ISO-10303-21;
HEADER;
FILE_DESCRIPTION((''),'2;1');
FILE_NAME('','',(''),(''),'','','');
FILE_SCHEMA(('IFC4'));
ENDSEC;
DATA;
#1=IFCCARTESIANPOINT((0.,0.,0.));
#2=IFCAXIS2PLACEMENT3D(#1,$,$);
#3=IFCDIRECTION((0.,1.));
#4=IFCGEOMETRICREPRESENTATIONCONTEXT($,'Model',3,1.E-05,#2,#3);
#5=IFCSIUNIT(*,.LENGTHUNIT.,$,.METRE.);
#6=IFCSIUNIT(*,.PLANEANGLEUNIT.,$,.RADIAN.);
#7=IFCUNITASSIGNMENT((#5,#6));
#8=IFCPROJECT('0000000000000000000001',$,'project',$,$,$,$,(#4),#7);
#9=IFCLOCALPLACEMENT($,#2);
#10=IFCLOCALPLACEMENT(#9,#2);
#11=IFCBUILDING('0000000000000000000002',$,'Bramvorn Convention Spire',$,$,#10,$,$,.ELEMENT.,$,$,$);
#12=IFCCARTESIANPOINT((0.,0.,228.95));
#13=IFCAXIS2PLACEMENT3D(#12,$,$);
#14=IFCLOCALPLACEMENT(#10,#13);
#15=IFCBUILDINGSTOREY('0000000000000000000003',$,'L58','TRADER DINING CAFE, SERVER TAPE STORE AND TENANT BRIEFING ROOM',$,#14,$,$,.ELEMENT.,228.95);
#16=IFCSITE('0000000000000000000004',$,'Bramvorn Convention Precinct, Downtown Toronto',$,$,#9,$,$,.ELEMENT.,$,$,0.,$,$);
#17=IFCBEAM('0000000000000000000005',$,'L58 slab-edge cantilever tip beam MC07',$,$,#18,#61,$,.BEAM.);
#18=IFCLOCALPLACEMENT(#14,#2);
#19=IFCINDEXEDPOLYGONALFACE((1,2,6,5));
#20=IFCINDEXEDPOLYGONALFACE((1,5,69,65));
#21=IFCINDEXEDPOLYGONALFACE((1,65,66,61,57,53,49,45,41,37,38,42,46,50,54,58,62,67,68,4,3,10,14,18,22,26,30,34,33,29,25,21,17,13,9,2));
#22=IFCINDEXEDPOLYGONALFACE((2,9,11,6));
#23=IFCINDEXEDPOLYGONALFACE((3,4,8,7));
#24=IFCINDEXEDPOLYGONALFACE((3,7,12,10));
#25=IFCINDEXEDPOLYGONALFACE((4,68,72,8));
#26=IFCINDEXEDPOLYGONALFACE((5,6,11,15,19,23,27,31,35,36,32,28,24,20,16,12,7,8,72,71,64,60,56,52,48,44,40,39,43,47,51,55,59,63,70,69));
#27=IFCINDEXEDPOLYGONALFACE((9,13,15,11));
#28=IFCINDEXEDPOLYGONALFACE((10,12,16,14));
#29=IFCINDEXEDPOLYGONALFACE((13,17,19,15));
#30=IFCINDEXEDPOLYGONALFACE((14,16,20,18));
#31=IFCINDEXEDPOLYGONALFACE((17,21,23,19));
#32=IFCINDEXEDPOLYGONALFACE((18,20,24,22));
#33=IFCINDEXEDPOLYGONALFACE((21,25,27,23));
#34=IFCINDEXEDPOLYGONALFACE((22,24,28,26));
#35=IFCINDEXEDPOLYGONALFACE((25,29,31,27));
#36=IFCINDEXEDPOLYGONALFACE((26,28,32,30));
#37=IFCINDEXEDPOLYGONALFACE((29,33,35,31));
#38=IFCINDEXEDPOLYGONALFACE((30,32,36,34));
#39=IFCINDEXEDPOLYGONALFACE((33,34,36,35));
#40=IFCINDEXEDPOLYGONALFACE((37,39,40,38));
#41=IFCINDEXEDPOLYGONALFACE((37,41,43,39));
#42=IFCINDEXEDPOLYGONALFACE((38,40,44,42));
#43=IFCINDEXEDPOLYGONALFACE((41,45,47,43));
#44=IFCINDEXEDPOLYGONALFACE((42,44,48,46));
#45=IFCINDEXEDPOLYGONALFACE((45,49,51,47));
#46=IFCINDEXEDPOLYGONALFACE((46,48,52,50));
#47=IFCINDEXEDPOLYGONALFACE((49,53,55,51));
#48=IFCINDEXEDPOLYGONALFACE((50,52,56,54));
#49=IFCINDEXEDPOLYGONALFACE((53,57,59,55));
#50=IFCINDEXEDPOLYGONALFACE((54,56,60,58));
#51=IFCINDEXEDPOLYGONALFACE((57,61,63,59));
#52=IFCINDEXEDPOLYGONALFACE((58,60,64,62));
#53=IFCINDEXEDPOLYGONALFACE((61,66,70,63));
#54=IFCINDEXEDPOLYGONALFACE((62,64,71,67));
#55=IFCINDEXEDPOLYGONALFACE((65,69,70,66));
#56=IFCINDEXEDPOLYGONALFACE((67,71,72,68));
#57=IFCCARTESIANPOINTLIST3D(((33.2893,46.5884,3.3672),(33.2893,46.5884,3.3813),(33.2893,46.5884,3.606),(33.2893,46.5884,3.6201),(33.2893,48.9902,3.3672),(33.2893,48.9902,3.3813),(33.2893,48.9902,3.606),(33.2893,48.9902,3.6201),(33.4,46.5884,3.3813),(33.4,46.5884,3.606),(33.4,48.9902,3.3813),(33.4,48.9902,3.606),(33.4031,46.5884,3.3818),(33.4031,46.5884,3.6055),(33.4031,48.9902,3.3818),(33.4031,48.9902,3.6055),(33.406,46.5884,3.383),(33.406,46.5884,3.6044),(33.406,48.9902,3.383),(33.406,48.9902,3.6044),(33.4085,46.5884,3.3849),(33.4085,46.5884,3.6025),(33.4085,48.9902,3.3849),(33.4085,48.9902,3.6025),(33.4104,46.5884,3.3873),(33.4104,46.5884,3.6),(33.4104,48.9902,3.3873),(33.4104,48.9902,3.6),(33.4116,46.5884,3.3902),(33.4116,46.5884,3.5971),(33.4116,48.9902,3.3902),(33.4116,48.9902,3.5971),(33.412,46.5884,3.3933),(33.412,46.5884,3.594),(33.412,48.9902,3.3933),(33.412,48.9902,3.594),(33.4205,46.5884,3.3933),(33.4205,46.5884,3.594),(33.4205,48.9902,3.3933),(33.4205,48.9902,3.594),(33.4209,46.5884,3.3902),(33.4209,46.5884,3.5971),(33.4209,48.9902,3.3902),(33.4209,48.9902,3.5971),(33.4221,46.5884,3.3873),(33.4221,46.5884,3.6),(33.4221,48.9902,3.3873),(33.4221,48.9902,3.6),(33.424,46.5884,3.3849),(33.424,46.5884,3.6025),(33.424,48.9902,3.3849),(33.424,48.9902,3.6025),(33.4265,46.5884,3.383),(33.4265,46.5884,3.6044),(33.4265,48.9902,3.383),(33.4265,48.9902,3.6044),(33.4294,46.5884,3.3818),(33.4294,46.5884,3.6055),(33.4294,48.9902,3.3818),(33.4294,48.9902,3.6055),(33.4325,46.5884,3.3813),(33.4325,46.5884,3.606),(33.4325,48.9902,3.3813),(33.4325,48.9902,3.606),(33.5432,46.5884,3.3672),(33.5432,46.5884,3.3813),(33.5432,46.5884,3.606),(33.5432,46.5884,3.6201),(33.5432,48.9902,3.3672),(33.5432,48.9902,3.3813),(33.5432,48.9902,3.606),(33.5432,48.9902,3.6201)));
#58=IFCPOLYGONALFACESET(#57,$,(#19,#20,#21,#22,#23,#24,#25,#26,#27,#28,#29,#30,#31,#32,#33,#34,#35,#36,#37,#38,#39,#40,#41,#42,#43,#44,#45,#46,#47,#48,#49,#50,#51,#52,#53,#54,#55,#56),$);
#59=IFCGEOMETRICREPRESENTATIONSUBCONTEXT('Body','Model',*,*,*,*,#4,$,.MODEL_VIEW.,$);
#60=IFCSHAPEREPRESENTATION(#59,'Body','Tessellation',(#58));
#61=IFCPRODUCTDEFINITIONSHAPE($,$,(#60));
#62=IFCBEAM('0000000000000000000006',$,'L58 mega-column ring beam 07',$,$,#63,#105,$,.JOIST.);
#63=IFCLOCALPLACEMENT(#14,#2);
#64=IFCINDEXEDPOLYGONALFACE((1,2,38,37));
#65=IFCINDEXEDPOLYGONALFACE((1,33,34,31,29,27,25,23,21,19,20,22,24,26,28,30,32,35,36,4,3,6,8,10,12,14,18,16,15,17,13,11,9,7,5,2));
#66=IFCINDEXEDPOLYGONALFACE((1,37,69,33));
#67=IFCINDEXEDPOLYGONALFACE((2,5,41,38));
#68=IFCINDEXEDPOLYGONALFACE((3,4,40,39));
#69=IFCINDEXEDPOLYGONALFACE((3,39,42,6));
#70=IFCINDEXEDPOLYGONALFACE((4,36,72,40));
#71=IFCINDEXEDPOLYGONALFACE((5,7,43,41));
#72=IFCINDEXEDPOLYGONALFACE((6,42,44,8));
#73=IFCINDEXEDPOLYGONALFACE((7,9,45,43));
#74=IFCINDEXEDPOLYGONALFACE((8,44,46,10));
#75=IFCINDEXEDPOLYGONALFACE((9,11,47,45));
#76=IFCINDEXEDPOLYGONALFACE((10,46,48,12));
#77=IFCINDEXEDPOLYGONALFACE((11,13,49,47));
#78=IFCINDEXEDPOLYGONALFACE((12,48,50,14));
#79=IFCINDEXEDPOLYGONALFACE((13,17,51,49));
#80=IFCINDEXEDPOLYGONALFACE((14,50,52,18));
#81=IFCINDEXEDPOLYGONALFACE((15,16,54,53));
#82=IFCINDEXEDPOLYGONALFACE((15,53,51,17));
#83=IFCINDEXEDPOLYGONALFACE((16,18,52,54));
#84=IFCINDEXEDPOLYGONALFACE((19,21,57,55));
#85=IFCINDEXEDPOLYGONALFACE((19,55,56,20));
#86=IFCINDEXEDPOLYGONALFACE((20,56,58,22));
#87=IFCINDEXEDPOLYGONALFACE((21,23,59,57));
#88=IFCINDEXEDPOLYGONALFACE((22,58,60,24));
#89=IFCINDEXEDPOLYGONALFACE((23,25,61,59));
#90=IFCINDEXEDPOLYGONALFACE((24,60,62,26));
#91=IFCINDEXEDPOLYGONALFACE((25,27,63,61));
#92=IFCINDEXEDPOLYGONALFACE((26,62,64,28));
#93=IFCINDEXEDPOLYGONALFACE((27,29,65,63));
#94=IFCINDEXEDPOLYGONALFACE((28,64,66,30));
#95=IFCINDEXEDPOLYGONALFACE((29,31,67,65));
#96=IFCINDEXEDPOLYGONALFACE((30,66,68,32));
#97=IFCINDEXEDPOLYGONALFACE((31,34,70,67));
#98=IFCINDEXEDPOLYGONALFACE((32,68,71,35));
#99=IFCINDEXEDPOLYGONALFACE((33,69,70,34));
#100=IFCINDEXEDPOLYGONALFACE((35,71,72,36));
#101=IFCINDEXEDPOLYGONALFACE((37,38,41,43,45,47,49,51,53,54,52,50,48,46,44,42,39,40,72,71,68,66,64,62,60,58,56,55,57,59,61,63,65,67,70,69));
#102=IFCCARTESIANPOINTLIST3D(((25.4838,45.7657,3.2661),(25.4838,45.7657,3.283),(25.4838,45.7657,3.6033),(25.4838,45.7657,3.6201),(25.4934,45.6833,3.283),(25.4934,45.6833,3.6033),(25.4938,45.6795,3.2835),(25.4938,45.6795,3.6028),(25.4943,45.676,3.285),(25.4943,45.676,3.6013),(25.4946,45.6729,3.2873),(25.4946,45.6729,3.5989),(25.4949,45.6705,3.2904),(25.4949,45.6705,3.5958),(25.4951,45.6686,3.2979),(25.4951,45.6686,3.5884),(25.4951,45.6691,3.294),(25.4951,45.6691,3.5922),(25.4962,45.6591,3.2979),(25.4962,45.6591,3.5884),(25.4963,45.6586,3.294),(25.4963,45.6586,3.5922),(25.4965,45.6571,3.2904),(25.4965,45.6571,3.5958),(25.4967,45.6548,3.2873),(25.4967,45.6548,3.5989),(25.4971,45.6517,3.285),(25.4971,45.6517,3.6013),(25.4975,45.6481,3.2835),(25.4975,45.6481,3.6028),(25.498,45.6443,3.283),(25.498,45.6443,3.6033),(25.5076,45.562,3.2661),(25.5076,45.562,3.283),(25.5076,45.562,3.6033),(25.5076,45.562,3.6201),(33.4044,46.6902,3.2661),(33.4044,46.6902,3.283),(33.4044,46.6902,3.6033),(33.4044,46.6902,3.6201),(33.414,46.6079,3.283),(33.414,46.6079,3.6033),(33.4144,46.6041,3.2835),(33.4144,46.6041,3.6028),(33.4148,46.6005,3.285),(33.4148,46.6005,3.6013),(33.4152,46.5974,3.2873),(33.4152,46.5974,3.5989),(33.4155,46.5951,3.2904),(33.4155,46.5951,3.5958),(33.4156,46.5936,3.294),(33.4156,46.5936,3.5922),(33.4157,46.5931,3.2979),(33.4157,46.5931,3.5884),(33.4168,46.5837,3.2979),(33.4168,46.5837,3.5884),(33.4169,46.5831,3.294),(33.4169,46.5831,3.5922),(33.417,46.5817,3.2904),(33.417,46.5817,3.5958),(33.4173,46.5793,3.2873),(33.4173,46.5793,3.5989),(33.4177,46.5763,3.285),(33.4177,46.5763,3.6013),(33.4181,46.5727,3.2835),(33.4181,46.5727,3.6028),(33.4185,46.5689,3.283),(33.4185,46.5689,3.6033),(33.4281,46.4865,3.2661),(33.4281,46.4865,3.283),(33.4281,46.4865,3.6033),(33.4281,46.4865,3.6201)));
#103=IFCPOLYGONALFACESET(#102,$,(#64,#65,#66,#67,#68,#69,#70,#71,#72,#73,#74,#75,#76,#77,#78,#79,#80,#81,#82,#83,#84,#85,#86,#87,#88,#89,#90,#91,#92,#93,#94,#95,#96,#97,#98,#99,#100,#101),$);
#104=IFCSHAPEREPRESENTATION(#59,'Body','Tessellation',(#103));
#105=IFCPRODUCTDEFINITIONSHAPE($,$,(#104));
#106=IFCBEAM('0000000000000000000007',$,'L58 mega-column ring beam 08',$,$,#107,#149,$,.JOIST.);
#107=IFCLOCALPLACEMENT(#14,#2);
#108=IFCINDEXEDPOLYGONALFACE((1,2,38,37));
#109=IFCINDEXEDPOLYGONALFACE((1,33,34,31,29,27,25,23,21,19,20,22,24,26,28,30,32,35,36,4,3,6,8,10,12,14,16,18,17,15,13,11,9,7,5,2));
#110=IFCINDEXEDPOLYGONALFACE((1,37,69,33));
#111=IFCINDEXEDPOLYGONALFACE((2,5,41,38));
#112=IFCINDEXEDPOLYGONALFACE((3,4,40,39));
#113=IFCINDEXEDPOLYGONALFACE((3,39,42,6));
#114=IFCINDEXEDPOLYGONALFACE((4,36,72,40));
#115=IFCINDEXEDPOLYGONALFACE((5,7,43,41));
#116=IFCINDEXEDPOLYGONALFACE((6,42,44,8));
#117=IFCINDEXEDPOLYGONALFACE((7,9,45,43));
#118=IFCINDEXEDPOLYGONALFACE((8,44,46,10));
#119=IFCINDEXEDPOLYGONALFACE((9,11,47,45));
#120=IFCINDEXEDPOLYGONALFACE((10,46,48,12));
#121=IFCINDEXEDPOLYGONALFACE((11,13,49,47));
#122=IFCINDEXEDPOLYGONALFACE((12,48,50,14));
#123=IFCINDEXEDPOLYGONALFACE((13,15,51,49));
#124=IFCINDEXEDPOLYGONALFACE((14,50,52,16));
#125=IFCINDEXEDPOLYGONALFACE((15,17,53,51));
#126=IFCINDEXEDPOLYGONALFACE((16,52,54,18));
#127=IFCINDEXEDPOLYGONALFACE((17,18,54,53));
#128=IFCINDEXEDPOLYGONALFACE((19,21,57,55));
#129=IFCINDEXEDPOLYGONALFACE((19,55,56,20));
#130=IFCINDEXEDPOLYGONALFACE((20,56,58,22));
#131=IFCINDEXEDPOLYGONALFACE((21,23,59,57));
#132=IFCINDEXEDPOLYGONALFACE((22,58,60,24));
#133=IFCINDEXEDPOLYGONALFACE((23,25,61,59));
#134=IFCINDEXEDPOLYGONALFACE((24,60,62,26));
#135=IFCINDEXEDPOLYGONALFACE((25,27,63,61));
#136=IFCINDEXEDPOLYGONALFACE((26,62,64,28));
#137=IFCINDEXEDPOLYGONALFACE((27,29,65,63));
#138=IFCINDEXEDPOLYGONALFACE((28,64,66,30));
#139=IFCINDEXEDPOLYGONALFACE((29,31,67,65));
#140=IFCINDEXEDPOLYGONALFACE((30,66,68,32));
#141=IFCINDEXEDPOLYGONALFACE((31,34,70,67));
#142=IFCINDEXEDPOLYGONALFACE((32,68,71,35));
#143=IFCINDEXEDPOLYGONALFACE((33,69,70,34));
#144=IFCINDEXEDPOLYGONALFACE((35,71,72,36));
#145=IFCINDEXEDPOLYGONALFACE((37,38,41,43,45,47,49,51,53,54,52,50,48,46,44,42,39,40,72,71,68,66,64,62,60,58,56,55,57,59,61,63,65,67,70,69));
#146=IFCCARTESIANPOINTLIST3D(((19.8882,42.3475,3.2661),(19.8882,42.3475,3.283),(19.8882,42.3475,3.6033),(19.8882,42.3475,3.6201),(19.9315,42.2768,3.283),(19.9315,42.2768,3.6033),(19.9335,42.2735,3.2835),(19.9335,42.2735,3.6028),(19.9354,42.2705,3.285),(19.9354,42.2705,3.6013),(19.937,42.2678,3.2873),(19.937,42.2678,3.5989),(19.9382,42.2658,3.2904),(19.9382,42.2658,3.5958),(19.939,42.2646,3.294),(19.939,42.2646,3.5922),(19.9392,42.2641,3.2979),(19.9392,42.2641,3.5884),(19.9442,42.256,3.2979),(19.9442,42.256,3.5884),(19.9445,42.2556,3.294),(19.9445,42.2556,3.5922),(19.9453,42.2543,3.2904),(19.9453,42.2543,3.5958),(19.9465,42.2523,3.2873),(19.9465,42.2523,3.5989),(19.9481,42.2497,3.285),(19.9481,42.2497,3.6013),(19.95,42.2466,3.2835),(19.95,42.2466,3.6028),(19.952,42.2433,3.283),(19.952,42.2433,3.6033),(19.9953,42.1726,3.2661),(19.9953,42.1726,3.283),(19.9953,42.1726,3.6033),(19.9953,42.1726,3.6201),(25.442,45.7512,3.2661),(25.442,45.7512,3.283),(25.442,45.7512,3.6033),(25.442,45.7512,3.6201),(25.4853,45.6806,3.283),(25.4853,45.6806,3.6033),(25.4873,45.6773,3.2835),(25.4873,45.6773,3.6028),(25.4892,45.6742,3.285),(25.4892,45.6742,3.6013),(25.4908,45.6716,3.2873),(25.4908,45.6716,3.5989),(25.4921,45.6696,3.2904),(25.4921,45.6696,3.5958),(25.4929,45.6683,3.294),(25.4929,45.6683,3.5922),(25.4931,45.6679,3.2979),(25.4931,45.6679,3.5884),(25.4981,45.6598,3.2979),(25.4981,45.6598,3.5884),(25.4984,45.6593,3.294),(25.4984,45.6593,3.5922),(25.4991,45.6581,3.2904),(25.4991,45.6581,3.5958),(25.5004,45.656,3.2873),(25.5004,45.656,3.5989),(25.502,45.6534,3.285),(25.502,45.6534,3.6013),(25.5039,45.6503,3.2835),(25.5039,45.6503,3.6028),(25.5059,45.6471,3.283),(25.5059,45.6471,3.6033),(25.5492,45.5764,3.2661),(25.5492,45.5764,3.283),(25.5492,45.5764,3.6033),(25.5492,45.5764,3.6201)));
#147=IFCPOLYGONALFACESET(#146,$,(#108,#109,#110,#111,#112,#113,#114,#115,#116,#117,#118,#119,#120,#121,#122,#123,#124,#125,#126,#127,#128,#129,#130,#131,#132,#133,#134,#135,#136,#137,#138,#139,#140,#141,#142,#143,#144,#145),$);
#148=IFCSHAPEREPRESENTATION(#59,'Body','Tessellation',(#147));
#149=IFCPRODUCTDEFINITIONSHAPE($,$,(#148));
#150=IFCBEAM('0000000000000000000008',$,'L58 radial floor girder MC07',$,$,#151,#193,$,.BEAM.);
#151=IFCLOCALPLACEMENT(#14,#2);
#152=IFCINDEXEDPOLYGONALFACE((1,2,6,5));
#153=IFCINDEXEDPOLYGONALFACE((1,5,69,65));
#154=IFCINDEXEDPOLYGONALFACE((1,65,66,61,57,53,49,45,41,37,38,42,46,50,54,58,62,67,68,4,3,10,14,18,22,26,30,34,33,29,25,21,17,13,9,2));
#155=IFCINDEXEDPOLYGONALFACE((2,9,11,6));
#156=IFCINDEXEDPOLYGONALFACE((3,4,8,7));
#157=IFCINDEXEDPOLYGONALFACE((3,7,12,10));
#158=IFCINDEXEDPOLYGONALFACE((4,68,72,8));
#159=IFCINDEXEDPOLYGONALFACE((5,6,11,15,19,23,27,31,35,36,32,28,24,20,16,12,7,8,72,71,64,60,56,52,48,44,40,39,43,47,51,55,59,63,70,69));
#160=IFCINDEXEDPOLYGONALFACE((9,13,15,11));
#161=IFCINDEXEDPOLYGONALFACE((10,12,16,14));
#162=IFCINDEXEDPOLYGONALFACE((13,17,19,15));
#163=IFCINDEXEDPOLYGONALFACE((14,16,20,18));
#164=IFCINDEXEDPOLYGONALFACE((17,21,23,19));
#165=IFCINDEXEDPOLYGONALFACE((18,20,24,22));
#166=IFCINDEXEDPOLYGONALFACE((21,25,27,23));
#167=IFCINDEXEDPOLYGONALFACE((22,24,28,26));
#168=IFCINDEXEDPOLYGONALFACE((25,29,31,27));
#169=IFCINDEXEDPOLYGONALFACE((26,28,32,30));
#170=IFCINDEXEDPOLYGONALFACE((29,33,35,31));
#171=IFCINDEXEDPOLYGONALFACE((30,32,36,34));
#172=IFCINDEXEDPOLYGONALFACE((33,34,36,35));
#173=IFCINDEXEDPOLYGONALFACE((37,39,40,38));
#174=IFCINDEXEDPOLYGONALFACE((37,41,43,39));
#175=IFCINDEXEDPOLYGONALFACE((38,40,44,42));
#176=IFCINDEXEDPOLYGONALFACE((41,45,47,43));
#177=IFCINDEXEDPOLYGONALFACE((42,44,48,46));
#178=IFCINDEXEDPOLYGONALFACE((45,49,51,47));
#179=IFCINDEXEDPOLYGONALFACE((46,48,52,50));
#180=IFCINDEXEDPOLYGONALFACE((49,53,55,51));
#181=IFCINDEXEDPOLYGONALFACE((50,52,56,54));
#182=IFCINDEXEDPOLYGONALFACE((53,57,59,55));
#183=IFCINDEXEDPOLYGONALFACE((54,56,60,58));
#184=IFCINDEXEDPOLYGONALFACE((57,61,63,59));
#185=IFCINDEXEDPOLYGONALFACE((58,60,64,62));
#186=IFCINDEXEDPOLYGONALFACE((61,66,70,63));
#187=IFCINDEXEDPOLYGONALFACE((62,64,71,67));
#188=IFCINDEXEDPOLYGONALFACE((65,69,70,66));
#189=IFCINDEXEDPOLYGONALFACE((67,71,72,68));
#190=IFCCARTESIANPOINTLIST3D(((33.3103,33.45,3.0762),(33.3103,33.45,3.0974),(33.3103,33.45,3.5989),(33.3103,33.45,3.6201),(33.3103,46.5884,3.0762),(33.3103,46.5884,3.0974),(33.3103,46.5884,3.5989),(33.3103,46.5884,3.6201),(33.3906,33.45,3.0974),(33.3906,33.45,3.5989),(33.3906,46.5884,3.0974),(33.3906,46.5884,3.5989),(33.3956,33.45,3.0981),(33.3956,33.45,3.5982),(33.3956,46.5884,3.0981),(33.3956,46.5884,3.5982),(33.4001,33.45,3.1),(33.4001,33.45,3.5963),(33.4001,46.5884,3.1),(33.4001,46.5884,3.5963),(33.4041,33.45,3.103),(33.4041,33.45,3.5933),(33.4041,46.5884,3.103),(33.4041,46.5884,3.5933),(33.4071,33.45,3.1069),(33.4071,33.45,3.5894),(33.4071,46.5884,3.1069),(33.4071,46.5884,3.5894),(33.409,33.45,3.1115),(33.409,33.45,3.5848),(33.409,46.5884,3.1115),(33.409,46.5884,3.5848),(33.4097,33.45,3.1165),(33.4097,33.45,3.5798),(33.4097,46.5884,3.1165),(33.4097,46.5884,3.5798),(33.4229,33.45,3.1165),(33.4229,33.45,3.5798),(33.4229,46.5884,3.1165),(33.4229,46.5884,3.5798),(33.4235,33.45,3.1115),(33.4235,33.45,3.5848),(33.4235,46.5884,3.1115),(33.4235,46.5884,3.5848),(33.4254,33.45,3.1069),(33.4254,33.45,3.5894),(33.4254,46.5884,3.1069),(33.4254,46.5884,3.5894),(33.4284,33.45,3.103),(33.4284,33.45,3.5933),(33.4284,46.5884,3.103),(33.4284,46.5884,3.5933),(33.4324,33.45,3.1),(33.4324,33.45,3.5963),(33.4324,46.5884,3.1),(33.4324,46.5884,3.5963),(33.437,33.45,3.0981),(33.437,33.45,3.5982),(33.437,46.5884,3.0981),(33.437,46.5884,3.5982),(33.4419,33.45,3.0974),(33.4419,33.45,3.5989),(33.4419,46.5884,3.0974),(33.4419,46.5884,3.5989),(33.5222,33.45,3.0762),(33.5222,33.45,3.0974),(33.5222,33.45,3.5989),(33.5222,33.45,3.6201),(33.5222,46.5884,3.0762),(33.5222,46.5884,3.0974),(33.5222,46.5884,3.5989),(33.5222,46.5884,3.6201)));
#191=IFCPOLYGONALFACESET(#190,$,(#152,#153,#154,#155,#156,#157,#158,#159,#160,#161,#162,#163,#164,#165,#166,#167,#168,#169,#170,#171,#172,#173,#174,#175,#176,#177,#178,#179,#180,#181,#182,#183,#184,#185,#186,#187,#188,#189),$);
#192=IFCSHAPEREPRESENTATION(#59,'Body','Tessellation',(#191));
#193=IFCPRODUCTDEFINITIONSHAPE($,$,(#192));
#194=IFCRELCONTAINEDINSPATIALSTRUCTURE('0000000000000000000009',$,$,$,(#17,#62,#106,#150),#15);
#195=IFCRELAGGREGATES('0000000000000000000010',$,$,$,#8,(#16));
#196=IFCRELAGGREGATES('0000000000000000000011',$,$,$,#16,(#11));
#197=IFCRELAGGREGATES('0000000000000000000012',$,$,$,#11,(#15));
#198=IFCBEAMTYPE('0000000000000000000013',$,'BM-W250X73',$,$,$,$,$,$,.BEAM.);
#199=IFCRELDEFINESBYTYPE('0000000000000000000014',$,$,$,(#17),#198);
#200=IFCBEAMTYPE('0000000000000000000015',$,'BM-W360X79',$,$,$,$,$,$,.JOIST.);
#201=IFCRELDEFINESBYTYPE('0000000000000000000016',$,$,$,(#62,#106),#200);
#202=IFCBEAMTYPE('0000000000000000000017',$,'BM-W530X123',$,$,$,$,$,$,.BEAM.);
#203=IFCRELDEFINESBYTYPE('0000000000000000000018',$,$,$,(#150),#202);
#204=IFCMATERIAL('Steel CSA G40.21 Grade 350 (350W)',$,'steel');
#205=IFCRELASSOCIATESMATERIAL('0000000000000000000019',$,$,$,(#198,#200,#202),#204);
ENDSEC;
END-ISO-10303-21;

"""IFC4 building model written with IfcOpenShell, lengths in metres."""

from ifc_helpers import new_model, si_unit, direction, frame, origin, origin_2d, place, context, subcontext, project, spatial, i_section, extrude, material, material_profile, profile_set, type_object, element, save


model = new_model("IFC4")

# Units and contexts
model_context = context("Model", 3, precision=1e-05, world=origin(), true_north=direction((0.0, 1.0)))
body_context = subcontext(model_context, "Body", "Model", "MODEL_VIEW")
ifc_project = project(units=[si_unit("LENGTHUNIT", "METRE"), si_unit("PLANEANGLEUNIT", "RADIAN")], contexts=[model_context])

# Site, building, storey
site_placement = place(None, origin())
site = spatial("IfcSite", under=ifc_project, at=site_placement, Name="Bramvorn Convention Precinct, Downtown Toronto", CompositionType="ELEMENT", RefElevation=0.0)
building_placement = place(site_placement, origin())
building = spatial("IfcBuilding", under=site, at=building_placement, Name="Bramvorn Convention Spire", CompositionType="ELEMENT")
storey_placement = place(building_placement, frame((0.0, 0.0, 228.95)))
storey = spatial("IfcBuildingStorey", under=building, at=storey_placement, Name="L58", Description="TRADER DINING CAFE, SERVER TAPE STORE AND TENANT BRIEFING ROOM", CompositionType="ELEMENT", Elevation=228.95)

# Shared definitions
ifc_material_1 = material(Name="Steel CSA G40.21 Grade 350 (350W)", Category="steel")

# Beams
ifc_material_profile_1 = material_profile(ifc_material_1, i_section(OverallWidth=0.2539, OverallDepth=0.2529, WebThickness=0.0085, FlangeThickness=0.0142, FilletRadius=0.012, at=origin_2d()))
ifc_profile_set_1 = profile_set([ifc_material_profile_1], Name="Steel CSA G40.21 Grade 350 (350W) - W250X73")
beam_type_1 = type_object("IfcBeamType", Name="BM-W250X73", PredefinedType="BEAM", material=ifc_profile_set_1)
beam_1_placement = place(storey_placement, frame((33.4163, 46.5884, 3.4937), z_axis=(0.0, 1.0, 0.0), x_axis=(-1.0, 0.0, 0.0)))
element("IfcBeam", 1, at=beam_1_placement, inside=storey, type_object=beam_type_1, Name="L58 slab-edge cantilever tip beam MC07", PredefinedType="BEAM", context=body_context, shape_type="SweptSolid", body=[
    extrude(i_section(OverallWidth=0.2539, OverallDepth=0.2529, WebThickness=0.0085, FlangeThickness=0.0142, FilletRadius=0.012, at=origin_2d()), origin(), (0.0, 0.0, 1.0), 2.4019),
])
ifc_material_profile_2 = material_profile(ifc_material_1, i_section(OverallWidth=0.2051, OverallDepth=0.354, WebThickness=0.0095, FlangeThickness=0.0168, FilletRadius=0.0149, at=origin_2d()))
ifc_profile_set_2 = profile_set([ifc_material_profile_2], Name="Steel CSA G40.21 Grade 350 (350W) - W360X79")
beam_type_2 = type_object("IfcBeamType", Name="BM-W360X79", PredefinedType="JOIST", material=ifc_profile_set_2)
beam_2_placement = place(storey_placement, frame((33.4163, 46.5884, 3.4431), z_axis=(-0.993256, -0.115941, 0.0), x_axis=(0.115941, -0.993256, 0.0)))
element("IfcBeam", 2, at=beam_2_placement, inside=storey, type_object=beam_type_2, Name="L58 mega-column ring beam 07", PredefinedType="JOIST", context=body_context, shape_type="SweptSolid", body=[
    extrude(i_section(OverallWidth=0.2051, OverallDepth=0.354, WebThickness=0.0095, FlangeThickness=0.0168, FilletRadius=0.0149, at=origin_2d()), origin(), (0.0, 0.0, 1.0), 7.9744),
])
beam_3_placement = place(storey_placement, frame((25.4956, 45.6638, 3.4431), z_axis=(-0.852617, -0.522537, 0.0), x_axis=(0.522537, -0.852617, 0.0)))
element("IfcBeam", 3, at=beam_3_placement, inside=storey, type_object=beam_type_2, Name="L58 mega-column ring beam 08", PredefinedType="JOIST", context=body_context, shape_type="SweptSolid", body=[
    extrude(i_section(OverallWidth=0.2051, OverallDepth=0.354, WebThickness=0.0095, FlangeThickness=0.0168, FilletRadius=0.0149, at=origin_2d()), origin(), (0.0, 0.0, 1.0), 6.5139),
])
ifc_material_profile_3 = material_profile(ifc_material_1, i_section(OverallWidth=0.2119, OverallDepth=0.5439, WebThickness=0.0132, FlangeThickness=0.0212, FilletRadius=0.019, at=origin_2d()))
ifc_profile_set_3 = profile_set([ifc_material_profile_3], Name="Steel CSA G40.21 Grade 350 (350W) - W530X123")
beam_type_3 = type_object("IfcBeamType", Name="BM-W530X123", PredefinedType="BEAM", material=ifc_profile_set_3)
beam_4_placement = place(storey_placement, frame((33.4163, 33.45, 3.3481), z_axis=(0.0, 1.0, 0.0), x_axis=(-1.0, 0.0, 0.0)))
element("IfcBeam", 4, at=beam_4_placement, inside=storey, type_object=beam_type_3, Name="L58 radial floor girder MC07", PredefinedType="BEAM", context=body_context, shape_type="SweptSolid", body=[
    extrude(i_section(OverallWidth=0.2119, OverallDepth=0.5439, WebThickness=0.0132, FlangeThickness=0.0212, FilletRadius=0.019, at=origin_2d()), origin(), (0.0, 0.0, 1.0), 13.1384),
])

save(model, "model.ifc")
